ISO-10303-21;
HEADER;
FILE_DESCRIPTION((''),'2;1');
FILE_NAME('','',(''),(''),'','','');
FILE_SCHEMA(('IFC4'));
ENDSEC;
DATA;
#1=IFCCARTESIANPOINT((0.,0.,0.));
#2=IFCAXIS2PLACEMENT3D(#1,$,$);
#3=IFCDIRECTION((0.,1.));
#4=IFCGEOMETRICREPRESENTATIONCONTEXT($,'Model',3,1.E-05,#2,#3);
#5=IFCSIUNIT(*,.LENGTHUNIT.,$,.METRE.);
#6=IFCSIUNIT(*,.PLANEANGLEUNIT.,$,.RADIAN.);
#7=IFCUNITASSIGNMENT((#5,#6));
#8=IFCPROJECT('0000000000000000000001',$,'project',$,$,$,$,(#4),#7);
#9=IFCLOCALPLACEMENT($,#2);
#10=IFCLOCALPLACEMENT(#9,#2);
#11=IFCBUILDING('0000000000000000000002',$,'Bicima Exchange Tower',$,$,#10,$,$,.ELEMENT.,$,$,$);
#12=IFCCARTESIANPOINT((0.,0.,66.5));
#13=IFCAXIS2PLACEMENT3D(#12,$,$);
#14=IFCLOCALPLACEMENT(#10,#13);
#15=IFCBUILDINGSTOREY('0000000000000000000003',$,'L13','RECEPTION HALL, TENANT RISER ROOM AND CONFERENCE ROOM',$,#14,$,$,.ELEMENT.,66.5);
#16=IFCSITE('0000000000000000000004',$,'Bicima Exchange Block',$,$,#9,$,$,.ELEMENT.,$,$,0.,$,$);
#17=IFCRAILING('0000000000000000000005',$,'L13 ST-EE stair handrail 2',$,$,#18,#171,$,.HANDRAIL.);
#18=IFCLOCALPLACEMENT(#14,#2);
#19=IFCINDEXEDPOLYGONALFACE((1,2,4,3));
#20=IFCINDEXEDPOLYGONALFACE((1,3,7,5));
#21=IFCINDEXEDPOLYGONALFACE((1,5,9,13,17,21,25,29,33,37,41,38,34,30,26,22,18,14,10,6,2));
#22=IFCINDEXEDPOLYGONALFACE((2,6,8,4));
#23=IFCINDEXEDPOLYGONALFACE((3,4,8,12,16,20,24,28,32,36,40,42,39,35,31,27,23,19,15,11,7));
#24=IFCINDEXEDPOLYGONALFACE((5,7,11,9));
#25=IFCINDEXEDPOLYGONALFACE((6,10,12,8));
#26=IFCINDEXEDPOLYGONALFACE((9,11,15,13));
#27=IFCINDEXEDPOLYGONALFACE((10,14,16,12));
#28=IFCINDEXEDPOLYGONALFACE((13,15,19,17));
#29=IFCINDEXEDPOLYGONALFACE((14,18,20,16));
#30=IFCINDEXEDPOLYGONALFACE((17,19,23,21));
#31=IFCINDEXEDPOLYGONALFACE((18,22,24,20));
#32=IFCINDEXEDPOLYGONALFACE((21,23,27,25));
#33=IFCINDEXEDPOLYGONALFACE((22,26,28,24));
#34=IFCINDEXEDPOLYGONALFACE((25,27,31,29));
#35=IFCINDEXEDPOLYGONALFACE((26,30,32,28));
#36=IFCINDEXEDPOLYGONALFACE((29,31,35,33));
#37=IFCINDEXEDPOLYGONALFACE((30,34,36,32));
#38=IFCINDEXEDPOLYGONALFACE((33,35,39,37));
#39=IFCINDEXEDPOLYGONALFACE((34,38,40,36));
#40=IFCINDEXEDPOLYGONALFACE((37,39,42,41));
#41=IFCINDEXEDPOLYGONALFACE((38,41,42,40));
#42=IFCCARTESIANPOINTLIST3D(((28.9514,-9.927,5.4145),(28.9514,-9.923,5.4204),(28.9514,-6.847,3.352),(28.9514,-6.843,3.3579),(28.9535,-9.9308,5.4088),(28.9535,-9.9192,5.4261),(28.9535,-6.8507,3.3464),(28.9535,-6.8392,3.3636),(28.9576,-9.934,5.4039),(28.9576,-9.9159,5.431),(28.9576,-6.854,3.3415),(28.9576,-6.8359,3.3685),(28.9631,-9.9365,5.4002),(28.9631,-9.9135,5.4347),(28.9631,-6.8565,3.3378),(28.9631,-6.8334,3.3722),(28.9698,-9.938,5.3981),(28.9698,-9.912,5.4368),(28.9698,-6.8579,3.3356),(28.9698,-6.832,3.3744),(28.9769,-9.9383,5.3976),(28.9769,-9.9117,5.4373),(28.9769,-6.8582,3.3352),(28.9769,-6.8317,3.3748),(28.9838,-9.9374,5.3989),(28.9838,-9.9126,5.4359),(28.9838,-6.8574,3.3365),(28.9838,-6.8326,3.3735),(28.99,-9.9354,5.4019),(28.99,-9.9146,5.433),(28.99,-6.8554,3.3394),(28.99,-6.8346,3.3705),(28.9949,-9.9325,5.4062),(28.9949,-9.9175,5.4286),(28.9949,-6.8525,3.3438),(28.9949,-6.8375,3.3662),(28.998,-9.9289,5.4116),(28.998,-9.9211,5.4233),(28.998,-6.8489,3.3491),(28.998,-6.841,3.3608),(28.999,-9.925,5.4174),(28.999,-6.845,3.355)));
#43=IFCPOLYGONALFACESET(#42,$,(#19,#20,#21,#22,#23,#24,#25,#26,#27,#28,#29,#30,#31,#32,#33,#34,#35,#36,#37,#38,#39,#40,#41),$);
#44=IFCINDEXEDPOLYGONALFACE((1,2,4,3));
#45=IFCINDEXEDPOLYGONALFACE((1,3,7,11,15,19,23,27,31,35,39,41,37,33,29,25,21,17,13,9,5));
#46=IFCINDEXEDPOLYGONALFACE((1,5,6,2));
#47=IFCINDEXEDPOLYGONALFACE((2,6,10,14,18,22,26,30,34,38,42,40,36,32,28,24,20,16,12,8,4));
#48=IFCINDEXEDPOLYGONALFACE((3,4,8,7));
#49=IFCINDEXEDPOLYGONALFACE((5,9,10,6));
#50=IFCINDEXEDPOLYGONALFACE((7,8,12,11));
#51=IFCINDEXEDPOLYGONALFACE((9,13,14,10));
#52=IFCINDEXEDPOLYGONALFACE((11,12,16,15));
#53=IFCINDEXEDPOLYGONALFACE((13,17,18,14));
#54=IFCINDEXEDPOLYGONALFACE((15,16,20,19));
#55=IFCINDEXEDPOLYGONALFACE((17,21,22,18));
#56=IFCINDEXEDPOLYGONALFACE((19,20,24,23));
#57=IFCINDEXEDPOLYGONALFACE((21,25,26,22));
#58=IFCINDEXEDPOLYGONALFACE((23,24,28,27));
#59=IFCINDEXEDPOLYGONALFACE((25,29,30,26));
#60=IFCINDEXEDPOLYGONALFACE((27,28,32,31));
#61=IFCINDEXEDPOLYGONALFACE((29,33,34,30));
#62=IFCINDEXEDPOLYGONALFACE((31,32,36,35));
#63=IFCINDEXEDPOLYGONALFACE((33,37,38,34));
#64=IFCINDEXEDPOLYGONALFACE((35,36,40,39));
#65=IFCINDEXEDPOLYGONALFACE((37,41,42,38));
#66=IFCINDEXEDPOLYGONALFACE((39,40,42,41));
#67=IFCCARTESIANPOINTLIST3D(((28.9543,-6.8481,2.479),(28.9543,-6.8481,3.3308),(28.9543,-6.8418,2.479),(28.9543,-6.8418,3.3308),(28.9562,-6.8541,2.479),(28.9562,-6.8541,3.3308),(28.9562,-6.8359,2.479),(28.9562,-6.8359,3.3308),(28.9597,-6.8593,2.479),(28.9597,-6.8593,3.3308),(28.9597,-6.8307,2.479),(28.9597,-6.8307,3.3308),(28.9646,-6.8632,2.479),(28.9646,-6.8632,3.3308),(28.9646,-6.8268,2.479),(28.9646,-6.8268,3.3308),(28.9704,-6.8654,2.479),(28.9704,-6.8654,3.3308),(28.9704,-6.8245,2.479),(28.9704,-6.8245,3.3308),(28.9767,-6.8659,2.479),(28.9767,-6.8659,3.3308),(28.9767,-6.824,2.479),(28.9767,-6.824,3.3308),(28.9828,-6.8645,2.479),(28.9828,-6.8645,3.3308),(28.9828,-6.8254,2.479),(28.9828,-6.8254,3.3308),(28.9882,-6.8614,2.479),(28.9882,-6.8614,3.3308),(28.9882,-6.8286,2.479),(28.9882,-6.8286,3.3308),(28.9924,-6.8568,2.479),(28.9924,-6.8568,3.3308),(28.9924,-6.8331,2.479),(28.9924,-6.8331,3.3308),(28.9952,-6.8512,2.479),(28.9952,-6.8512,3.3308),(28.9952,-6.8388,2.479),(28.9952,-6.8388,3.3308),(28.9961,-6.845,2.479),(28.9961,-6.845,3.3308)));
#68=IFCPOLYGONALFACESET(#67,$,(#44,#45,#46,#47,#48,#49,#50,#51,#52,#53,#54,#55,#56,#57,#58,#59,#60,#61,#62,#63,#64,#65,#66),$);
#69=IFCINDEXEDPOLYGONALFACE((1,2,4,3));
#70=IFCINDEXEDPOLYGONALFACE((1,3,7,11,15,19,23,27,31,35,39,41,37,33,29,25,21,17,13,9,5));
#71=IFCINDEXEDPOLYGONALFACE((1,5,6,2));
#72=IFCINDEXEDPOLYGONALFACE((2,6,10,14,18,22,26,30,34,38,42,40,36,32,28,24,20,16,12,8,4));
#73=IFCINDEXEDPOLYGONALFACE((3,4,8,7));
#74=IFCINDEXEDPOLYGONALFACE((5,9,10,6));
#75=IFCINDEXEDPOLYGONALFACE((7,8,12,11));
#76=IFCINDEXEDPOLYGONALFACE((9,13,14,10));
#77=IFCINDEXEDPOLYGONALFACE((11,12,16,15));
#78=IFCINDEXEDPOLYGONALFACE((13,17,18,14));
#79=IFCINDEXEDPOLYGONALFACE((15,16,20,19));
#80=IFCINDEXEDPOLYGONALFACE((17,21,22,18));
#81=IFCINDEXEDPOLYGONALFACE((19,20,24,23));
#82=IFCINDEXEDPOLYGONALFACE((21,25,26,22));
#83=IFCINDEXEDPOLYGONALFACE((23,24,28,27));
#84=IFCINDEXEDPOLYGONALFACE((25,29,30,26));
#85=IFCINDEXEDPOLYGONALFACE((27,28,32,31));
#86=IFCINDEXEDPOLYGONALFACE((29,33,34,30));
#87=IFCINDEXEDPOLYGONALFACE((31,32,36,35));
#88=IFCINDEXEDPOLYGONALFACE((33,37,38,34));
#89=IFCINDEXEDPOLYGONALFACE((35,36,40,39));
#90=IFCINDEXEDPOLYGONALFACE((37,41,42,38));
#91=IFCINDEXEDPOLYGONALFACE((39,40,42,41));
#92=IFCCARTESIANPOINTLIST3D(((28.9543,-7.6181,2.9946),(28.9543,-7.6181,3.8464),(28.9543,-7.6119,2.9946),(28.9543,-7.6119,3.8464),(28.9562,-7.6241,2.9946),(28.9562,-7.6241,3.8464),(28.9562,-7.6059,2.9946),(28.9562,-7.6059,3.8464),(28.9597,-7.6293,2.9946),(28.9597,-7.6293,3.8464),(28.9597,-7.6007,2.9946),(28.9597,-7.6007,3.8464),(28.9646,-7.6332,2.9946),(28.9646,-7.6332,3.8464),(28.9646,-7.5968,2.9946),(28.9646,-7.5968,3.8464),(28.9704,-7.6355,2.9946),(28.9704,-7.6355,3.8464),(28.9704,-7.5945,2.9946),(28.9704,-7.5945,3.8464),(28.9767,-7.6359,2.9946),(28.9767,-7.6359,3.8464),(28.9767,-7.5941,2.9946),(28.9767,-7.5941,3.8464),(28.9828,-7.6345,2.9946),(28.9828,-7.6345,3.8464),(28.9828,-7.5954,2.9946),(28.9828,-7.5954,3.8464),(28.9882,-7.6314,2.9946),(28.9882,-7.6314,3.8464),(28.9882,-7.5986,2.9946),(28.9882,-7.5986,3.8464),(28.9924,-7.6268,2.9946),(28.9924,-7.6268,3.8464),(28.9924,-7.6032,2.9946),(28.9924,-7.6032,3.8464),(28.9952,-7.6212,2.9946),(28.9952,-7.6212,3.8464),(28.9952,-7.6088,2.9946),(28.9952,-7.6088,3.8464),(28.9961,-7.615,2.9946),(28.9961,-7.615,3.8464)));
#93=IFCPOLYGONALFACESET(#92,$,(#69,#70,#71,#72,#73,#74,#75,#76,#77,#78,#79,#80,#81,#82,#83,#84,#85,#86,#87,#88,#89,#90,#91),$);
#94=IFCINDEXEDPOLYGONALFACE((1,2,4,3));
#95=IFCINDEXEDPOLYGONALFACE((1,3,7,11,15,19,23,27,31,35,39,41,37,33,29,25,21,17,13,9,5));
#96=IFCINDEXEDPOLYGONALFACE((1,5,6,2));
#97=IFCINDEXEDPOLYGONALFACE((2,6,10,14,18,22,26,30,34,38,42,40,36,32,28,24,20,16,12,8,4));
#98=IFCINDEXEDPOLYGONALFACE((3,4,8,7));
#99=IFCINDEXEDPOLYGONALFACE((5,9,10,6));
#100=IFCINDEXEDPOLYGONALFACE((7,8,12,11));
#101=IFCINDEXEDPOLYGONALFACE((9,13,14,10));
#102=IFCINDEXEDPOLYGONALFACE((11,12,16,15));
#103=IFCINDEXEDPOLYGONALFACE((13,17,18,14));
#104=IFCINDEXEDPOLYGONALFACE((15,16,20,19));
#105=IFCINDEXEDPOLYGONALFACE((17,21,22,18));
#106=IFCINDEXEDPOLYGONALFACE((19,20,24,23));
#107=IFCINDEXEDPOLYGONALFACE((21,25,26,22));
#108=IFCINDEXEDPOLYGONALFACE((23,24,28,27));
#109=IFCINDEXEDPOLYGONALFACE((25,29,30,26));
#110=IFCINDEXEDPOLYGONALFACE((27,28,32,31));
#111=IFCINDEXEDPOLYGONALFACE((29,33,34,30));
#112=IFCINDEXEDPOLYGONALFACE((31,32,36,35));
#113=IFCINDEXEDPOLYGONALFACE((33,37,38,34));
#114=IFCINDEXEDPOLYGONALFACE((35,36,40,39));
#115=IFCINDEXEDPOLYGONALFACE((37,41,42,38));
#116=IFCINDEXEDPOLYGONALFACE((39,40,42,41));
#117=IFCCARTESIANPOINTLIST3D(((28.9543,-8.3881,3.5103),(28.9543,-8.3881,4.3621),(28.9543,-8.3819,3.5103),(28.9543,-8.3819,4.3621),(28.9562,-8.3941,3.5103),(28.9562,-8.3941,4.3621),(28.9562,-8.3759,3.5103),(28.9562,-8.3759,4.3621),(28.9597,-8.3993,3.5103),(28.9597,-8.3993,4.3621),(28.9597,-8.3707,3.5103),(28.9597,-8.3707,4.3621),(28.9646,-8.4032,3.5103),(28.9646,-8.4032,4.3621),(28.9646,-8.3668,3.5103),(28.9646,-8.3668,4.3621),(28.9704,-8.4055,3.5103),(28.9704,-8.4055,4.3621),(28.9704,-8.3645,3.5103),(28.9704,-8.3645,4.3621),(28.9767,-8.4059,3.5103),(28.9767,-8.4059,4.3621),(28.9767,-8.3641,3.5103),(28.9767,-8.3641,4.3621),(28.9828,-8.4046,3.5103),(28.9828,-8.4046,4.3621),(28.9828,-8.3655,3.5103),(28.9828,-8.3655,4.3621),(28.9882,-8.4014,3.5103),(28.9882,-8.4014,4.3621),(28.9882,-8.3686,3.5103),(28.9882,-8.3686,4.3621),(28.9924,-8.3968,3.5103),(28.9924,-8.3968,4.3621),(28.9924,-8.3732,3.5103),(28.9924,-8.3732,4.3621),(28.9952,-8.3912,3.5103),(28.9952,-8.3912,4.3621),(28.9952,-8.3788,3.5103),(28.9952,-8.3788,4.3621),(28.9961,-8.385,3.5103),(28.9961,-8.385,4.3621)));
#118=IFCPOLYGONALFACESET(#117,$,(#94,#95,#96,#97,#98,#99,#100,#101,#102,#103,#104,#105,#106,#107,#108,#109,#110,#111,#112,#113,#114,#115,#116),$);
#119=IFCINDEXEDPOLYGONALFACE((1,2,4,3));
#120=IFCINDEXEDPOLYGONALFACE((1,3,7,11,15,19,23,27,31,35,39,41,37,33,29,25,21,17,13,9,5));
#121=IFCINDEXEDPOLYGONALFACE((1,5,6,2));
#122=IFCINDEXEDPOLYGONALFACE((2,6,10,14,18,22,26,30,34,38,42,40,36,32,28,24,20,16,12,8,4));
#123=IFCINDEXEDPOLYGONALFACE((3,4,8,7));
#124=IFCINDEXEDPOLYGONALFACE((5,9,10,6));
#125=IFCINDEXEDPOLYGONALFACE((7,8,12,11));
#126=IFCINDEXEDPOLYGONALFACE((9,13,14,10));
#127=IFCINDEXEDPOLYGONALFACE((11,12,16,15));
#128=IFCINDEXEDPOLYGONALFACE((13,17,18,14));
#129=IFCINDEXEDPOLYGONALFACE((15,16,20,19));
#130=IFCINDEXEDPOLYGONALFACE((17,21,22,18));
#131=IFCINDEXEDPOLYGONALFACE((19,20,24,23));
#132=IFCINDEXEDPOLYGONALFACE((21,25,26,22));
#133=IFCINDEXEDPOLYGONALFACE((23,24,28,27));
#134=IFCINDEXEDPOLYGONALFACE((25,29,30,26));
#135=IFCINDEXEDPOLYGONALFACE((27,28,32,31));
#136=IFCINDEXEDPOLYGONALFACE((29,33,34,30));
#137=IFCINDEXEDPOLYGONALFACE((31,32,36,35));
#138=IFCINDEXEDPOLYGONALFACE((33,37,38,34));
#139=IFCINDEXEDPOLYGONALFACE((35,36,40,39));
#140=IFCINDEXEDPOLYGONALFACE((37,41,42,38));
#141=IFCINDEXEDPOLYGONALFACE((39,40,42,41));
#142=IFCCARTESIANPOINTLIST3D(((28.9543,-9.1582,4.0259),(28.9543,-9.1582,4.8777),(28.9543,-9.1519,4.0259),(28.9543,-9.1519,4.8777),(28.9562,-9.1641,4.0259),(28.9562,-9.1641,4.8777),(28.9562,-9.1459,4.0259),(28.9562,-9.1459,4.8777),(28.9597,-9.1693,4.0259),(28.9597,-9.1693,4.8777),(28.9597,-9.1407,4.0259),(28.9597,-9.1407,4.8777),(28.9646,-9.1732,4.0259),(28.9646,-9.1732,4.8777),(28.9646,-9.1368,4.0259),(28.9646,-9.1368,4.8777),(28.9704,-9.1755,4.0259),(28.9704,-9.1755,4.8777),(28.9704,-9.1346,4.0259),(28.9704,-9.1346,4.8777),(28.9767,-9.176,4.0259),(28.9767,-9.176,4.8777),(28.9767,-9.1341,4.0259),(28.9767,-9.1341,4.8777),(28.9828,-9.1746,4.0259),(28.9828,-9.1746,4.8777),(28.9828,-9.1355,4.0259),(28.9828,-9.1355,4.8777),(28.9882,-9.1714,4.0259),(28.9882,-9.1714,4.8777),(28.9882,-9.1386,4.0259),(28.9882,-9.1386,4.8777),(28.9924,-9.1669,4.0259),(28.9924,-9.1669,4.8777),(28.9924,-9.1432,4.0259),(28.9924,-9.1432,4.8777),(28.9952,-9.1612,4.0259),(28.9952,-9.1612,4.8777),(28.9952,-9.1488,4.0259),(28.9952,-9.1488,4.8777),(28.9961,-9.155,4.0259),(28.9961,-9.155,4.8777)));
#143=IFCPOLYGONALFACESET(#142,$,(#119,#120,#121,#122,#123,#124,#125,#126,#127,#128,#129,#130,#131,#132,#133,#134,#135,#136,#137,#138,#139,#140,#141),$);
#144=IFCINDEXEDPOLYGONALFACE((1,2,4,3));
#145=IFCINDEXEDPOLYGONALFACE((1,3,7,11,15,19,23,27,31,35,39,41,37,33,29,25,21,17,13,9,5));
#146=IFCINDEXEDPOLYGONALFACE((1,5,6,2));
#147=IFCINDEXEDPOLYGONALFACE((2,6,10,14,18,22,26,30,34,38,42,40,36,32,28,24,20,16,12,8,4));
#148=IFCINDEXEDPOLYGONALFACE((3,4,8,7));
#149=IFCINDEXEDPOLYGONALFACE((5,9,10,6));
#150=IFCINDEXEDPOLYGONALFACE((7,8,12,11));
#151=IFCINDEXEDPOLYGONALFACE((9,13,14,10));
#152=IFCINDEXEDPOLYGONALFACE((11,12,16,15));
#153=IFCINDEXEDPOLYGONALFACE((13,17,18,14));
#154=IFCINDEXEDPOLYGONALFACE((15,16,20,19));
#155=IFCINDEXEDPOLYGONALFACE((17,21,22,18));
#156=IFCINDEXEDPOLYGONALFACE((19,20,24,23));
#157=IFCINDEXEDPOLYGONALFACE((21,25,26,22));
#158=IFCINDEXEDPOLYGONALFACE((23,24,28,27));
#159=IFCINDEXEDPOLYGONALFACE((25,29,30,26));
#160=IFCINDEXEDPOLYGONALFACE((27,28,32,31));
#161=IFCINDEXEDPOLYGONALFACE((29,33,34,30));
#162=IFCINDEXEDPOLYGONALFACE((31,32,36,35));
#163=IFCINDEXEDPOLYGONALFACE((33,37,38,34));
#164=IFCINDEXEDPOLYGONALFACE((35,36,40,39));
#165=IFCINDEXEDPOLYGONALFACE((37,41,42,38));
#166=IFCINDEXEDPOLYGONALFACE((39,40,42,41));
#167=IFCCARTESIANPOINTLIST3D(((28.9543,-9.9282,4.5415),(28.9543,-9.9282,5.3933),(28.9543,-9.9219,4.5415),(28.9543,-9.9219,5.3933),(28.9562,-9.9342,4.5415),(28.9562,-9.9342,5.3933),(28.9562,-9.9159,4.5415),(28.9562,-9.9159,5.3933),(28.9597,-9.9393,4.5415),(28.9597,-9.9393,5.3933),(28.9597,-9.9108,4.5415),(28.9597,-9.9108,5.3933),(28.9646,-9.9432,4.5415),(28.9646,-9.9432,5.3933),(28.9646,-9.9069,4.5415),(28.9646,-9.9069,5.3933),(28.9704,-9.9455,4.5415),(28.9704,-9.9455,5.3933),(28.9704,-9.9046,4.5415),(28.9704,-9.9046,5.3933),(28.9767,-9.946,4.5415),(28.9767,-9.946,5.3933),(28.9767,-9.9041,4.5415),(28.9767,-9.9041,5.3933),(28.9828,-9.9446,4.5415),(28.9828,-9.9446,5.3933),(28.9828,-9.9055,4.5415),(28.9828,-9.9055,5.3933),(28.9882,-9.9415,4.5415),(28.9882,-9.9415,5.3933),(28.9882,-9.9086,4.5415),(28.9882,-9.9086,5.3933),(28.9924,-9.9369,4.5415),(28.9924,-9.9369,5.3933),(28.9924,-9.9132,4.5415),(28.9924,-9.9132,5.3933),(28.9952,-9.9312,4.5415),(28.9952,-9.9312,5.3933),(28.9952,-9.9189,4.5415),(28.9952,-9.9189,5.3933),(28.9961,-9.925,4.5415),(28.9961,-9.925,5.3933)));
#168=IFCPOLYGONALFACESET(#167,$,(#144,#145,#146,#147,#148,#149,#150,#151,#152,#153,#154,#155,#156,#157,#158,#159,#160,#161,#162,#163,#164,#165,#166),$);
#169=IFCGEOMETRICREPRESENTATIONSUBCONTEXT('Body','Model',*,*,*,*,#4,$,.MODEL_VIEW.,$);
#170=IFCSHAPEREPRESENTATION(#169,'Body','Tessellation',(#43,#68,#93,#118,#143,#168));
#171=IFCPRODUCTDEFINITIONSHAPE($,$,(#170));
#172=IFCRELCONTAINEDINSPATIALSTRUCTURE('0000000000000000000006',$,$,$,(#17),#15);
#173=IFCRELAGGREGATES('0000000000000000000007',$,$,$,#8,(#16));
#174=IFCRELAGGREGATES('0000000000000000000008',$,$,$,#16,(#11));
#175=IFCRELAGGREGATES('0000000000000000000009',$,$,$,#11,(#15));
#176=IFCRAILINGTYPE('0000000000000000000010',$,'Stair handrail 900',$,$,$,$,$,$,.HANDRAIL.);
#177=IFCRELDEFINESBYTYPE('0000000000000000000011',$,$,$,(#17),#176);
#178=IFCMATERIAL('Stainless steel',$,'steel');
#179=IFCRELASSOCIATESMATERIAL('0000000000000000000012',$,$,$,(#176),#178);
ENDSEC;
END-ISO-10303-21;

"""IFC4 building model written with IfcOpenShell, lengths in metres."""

from ifc_helpers import new_model, si_unit, direction, frame, origin, origin_2d, place, context, subcontext, project, spatial, circle, extrude, material, type_object, element, save


model = new_model("IFC4")

# Units and contexts
model_context = context("Model", 3, precision=1e-05, world=origin(), true_north=direction((0.0, 1.0)))
body_context = subcontext(model_context, "Body", "Model", "MODEL_VIEW")
ifc_project = project(units=[si_unit("LENGTHUNIT", "METRE"), si_unit("PLANEANGLEUNIT", "RADIAN")], contexts=[model_context])

# Site, building, storey
site_placement = place(None, origin())
site = spatial("IfcSite", under=ifc_project, at=site_placement, Name="Bicima Exchange Block", CompositionType="ELEMENT", RefElevation=0.0)
building_placement = place(site_placement, origin())
building = spatial("IfcBuilding", under=site, at=building_placement, Name="Bicima Exchange Tower", CompositionType="ELEMENT")
storey_placement = place(building_placement, frame((0.0, 0.0, 66.5)))
storey = spatial("IfcBuildingStorey", under=building, at=storey_placement, Name="L13", Description="RECEPTION HALL, TENANT RISER ROOM AND CONFERENCE ROOM", CompositionType="ELEMENT", Elevation=66.5)

# Railing
ifc_material_1 = material(Name="Stainless steel", Category="steel")
railing_type_1 = type_object("IfcRailingType", Name="Stair handrail 900", PredefinedType="HANDRAIL", material=ifc_material_1)
for number, where, name in (
    (1, (28.9751, -6.845, 2.479), "L13 ST-EE stair handrail 2"),
):
    element("IfcRailing", number, at=place(storey_placement, frame(where)), inside=storey, type_object=railing_type_1, Name=name, PredefinedType="HANDRAIL", context=body_context, shape_type="SweptSolid", body=[
        extrude(circle(Radius=0.0239, at=origin_2d()), frame((0.0, 0.0, 0.876), z_axis=(0.0, -0.830914, 0.556401), x_axis=(1.0, 0.0, 0.0)), (0.0, 0.0, 1.0), 3.7068),
        extrude(circle(Radius=0.021, at=origin_2d()), origin(), (0.0, 0.0, 1.0), 0.8518),
        extrude(circle(Radius=0.021, at=origin_2d()), frame((0.0, -0.77, 0.5156)), (0.0, 0.0, 1.0), 0.8518),
        extrude(circle(Radius=0.021, at=origin_2d()), frame((0.0, -1.54, 1.0312)), (0.0, 0.0, 1.0), 0.8518),
        extrude(circle(Radius=0.021, at=origin_2d()), frame((0.0, -2.3101, 1.5469)), (0.0, 0.0, 1.0), 0.8518),
        extrude(circle(Radius=0.021, at=origin_2d()), frame((0.0, -3.0801, 2.0625)), (0.0, 0.0, 1.0), 0.8518),
    ])

save(model, "model.ifc")
